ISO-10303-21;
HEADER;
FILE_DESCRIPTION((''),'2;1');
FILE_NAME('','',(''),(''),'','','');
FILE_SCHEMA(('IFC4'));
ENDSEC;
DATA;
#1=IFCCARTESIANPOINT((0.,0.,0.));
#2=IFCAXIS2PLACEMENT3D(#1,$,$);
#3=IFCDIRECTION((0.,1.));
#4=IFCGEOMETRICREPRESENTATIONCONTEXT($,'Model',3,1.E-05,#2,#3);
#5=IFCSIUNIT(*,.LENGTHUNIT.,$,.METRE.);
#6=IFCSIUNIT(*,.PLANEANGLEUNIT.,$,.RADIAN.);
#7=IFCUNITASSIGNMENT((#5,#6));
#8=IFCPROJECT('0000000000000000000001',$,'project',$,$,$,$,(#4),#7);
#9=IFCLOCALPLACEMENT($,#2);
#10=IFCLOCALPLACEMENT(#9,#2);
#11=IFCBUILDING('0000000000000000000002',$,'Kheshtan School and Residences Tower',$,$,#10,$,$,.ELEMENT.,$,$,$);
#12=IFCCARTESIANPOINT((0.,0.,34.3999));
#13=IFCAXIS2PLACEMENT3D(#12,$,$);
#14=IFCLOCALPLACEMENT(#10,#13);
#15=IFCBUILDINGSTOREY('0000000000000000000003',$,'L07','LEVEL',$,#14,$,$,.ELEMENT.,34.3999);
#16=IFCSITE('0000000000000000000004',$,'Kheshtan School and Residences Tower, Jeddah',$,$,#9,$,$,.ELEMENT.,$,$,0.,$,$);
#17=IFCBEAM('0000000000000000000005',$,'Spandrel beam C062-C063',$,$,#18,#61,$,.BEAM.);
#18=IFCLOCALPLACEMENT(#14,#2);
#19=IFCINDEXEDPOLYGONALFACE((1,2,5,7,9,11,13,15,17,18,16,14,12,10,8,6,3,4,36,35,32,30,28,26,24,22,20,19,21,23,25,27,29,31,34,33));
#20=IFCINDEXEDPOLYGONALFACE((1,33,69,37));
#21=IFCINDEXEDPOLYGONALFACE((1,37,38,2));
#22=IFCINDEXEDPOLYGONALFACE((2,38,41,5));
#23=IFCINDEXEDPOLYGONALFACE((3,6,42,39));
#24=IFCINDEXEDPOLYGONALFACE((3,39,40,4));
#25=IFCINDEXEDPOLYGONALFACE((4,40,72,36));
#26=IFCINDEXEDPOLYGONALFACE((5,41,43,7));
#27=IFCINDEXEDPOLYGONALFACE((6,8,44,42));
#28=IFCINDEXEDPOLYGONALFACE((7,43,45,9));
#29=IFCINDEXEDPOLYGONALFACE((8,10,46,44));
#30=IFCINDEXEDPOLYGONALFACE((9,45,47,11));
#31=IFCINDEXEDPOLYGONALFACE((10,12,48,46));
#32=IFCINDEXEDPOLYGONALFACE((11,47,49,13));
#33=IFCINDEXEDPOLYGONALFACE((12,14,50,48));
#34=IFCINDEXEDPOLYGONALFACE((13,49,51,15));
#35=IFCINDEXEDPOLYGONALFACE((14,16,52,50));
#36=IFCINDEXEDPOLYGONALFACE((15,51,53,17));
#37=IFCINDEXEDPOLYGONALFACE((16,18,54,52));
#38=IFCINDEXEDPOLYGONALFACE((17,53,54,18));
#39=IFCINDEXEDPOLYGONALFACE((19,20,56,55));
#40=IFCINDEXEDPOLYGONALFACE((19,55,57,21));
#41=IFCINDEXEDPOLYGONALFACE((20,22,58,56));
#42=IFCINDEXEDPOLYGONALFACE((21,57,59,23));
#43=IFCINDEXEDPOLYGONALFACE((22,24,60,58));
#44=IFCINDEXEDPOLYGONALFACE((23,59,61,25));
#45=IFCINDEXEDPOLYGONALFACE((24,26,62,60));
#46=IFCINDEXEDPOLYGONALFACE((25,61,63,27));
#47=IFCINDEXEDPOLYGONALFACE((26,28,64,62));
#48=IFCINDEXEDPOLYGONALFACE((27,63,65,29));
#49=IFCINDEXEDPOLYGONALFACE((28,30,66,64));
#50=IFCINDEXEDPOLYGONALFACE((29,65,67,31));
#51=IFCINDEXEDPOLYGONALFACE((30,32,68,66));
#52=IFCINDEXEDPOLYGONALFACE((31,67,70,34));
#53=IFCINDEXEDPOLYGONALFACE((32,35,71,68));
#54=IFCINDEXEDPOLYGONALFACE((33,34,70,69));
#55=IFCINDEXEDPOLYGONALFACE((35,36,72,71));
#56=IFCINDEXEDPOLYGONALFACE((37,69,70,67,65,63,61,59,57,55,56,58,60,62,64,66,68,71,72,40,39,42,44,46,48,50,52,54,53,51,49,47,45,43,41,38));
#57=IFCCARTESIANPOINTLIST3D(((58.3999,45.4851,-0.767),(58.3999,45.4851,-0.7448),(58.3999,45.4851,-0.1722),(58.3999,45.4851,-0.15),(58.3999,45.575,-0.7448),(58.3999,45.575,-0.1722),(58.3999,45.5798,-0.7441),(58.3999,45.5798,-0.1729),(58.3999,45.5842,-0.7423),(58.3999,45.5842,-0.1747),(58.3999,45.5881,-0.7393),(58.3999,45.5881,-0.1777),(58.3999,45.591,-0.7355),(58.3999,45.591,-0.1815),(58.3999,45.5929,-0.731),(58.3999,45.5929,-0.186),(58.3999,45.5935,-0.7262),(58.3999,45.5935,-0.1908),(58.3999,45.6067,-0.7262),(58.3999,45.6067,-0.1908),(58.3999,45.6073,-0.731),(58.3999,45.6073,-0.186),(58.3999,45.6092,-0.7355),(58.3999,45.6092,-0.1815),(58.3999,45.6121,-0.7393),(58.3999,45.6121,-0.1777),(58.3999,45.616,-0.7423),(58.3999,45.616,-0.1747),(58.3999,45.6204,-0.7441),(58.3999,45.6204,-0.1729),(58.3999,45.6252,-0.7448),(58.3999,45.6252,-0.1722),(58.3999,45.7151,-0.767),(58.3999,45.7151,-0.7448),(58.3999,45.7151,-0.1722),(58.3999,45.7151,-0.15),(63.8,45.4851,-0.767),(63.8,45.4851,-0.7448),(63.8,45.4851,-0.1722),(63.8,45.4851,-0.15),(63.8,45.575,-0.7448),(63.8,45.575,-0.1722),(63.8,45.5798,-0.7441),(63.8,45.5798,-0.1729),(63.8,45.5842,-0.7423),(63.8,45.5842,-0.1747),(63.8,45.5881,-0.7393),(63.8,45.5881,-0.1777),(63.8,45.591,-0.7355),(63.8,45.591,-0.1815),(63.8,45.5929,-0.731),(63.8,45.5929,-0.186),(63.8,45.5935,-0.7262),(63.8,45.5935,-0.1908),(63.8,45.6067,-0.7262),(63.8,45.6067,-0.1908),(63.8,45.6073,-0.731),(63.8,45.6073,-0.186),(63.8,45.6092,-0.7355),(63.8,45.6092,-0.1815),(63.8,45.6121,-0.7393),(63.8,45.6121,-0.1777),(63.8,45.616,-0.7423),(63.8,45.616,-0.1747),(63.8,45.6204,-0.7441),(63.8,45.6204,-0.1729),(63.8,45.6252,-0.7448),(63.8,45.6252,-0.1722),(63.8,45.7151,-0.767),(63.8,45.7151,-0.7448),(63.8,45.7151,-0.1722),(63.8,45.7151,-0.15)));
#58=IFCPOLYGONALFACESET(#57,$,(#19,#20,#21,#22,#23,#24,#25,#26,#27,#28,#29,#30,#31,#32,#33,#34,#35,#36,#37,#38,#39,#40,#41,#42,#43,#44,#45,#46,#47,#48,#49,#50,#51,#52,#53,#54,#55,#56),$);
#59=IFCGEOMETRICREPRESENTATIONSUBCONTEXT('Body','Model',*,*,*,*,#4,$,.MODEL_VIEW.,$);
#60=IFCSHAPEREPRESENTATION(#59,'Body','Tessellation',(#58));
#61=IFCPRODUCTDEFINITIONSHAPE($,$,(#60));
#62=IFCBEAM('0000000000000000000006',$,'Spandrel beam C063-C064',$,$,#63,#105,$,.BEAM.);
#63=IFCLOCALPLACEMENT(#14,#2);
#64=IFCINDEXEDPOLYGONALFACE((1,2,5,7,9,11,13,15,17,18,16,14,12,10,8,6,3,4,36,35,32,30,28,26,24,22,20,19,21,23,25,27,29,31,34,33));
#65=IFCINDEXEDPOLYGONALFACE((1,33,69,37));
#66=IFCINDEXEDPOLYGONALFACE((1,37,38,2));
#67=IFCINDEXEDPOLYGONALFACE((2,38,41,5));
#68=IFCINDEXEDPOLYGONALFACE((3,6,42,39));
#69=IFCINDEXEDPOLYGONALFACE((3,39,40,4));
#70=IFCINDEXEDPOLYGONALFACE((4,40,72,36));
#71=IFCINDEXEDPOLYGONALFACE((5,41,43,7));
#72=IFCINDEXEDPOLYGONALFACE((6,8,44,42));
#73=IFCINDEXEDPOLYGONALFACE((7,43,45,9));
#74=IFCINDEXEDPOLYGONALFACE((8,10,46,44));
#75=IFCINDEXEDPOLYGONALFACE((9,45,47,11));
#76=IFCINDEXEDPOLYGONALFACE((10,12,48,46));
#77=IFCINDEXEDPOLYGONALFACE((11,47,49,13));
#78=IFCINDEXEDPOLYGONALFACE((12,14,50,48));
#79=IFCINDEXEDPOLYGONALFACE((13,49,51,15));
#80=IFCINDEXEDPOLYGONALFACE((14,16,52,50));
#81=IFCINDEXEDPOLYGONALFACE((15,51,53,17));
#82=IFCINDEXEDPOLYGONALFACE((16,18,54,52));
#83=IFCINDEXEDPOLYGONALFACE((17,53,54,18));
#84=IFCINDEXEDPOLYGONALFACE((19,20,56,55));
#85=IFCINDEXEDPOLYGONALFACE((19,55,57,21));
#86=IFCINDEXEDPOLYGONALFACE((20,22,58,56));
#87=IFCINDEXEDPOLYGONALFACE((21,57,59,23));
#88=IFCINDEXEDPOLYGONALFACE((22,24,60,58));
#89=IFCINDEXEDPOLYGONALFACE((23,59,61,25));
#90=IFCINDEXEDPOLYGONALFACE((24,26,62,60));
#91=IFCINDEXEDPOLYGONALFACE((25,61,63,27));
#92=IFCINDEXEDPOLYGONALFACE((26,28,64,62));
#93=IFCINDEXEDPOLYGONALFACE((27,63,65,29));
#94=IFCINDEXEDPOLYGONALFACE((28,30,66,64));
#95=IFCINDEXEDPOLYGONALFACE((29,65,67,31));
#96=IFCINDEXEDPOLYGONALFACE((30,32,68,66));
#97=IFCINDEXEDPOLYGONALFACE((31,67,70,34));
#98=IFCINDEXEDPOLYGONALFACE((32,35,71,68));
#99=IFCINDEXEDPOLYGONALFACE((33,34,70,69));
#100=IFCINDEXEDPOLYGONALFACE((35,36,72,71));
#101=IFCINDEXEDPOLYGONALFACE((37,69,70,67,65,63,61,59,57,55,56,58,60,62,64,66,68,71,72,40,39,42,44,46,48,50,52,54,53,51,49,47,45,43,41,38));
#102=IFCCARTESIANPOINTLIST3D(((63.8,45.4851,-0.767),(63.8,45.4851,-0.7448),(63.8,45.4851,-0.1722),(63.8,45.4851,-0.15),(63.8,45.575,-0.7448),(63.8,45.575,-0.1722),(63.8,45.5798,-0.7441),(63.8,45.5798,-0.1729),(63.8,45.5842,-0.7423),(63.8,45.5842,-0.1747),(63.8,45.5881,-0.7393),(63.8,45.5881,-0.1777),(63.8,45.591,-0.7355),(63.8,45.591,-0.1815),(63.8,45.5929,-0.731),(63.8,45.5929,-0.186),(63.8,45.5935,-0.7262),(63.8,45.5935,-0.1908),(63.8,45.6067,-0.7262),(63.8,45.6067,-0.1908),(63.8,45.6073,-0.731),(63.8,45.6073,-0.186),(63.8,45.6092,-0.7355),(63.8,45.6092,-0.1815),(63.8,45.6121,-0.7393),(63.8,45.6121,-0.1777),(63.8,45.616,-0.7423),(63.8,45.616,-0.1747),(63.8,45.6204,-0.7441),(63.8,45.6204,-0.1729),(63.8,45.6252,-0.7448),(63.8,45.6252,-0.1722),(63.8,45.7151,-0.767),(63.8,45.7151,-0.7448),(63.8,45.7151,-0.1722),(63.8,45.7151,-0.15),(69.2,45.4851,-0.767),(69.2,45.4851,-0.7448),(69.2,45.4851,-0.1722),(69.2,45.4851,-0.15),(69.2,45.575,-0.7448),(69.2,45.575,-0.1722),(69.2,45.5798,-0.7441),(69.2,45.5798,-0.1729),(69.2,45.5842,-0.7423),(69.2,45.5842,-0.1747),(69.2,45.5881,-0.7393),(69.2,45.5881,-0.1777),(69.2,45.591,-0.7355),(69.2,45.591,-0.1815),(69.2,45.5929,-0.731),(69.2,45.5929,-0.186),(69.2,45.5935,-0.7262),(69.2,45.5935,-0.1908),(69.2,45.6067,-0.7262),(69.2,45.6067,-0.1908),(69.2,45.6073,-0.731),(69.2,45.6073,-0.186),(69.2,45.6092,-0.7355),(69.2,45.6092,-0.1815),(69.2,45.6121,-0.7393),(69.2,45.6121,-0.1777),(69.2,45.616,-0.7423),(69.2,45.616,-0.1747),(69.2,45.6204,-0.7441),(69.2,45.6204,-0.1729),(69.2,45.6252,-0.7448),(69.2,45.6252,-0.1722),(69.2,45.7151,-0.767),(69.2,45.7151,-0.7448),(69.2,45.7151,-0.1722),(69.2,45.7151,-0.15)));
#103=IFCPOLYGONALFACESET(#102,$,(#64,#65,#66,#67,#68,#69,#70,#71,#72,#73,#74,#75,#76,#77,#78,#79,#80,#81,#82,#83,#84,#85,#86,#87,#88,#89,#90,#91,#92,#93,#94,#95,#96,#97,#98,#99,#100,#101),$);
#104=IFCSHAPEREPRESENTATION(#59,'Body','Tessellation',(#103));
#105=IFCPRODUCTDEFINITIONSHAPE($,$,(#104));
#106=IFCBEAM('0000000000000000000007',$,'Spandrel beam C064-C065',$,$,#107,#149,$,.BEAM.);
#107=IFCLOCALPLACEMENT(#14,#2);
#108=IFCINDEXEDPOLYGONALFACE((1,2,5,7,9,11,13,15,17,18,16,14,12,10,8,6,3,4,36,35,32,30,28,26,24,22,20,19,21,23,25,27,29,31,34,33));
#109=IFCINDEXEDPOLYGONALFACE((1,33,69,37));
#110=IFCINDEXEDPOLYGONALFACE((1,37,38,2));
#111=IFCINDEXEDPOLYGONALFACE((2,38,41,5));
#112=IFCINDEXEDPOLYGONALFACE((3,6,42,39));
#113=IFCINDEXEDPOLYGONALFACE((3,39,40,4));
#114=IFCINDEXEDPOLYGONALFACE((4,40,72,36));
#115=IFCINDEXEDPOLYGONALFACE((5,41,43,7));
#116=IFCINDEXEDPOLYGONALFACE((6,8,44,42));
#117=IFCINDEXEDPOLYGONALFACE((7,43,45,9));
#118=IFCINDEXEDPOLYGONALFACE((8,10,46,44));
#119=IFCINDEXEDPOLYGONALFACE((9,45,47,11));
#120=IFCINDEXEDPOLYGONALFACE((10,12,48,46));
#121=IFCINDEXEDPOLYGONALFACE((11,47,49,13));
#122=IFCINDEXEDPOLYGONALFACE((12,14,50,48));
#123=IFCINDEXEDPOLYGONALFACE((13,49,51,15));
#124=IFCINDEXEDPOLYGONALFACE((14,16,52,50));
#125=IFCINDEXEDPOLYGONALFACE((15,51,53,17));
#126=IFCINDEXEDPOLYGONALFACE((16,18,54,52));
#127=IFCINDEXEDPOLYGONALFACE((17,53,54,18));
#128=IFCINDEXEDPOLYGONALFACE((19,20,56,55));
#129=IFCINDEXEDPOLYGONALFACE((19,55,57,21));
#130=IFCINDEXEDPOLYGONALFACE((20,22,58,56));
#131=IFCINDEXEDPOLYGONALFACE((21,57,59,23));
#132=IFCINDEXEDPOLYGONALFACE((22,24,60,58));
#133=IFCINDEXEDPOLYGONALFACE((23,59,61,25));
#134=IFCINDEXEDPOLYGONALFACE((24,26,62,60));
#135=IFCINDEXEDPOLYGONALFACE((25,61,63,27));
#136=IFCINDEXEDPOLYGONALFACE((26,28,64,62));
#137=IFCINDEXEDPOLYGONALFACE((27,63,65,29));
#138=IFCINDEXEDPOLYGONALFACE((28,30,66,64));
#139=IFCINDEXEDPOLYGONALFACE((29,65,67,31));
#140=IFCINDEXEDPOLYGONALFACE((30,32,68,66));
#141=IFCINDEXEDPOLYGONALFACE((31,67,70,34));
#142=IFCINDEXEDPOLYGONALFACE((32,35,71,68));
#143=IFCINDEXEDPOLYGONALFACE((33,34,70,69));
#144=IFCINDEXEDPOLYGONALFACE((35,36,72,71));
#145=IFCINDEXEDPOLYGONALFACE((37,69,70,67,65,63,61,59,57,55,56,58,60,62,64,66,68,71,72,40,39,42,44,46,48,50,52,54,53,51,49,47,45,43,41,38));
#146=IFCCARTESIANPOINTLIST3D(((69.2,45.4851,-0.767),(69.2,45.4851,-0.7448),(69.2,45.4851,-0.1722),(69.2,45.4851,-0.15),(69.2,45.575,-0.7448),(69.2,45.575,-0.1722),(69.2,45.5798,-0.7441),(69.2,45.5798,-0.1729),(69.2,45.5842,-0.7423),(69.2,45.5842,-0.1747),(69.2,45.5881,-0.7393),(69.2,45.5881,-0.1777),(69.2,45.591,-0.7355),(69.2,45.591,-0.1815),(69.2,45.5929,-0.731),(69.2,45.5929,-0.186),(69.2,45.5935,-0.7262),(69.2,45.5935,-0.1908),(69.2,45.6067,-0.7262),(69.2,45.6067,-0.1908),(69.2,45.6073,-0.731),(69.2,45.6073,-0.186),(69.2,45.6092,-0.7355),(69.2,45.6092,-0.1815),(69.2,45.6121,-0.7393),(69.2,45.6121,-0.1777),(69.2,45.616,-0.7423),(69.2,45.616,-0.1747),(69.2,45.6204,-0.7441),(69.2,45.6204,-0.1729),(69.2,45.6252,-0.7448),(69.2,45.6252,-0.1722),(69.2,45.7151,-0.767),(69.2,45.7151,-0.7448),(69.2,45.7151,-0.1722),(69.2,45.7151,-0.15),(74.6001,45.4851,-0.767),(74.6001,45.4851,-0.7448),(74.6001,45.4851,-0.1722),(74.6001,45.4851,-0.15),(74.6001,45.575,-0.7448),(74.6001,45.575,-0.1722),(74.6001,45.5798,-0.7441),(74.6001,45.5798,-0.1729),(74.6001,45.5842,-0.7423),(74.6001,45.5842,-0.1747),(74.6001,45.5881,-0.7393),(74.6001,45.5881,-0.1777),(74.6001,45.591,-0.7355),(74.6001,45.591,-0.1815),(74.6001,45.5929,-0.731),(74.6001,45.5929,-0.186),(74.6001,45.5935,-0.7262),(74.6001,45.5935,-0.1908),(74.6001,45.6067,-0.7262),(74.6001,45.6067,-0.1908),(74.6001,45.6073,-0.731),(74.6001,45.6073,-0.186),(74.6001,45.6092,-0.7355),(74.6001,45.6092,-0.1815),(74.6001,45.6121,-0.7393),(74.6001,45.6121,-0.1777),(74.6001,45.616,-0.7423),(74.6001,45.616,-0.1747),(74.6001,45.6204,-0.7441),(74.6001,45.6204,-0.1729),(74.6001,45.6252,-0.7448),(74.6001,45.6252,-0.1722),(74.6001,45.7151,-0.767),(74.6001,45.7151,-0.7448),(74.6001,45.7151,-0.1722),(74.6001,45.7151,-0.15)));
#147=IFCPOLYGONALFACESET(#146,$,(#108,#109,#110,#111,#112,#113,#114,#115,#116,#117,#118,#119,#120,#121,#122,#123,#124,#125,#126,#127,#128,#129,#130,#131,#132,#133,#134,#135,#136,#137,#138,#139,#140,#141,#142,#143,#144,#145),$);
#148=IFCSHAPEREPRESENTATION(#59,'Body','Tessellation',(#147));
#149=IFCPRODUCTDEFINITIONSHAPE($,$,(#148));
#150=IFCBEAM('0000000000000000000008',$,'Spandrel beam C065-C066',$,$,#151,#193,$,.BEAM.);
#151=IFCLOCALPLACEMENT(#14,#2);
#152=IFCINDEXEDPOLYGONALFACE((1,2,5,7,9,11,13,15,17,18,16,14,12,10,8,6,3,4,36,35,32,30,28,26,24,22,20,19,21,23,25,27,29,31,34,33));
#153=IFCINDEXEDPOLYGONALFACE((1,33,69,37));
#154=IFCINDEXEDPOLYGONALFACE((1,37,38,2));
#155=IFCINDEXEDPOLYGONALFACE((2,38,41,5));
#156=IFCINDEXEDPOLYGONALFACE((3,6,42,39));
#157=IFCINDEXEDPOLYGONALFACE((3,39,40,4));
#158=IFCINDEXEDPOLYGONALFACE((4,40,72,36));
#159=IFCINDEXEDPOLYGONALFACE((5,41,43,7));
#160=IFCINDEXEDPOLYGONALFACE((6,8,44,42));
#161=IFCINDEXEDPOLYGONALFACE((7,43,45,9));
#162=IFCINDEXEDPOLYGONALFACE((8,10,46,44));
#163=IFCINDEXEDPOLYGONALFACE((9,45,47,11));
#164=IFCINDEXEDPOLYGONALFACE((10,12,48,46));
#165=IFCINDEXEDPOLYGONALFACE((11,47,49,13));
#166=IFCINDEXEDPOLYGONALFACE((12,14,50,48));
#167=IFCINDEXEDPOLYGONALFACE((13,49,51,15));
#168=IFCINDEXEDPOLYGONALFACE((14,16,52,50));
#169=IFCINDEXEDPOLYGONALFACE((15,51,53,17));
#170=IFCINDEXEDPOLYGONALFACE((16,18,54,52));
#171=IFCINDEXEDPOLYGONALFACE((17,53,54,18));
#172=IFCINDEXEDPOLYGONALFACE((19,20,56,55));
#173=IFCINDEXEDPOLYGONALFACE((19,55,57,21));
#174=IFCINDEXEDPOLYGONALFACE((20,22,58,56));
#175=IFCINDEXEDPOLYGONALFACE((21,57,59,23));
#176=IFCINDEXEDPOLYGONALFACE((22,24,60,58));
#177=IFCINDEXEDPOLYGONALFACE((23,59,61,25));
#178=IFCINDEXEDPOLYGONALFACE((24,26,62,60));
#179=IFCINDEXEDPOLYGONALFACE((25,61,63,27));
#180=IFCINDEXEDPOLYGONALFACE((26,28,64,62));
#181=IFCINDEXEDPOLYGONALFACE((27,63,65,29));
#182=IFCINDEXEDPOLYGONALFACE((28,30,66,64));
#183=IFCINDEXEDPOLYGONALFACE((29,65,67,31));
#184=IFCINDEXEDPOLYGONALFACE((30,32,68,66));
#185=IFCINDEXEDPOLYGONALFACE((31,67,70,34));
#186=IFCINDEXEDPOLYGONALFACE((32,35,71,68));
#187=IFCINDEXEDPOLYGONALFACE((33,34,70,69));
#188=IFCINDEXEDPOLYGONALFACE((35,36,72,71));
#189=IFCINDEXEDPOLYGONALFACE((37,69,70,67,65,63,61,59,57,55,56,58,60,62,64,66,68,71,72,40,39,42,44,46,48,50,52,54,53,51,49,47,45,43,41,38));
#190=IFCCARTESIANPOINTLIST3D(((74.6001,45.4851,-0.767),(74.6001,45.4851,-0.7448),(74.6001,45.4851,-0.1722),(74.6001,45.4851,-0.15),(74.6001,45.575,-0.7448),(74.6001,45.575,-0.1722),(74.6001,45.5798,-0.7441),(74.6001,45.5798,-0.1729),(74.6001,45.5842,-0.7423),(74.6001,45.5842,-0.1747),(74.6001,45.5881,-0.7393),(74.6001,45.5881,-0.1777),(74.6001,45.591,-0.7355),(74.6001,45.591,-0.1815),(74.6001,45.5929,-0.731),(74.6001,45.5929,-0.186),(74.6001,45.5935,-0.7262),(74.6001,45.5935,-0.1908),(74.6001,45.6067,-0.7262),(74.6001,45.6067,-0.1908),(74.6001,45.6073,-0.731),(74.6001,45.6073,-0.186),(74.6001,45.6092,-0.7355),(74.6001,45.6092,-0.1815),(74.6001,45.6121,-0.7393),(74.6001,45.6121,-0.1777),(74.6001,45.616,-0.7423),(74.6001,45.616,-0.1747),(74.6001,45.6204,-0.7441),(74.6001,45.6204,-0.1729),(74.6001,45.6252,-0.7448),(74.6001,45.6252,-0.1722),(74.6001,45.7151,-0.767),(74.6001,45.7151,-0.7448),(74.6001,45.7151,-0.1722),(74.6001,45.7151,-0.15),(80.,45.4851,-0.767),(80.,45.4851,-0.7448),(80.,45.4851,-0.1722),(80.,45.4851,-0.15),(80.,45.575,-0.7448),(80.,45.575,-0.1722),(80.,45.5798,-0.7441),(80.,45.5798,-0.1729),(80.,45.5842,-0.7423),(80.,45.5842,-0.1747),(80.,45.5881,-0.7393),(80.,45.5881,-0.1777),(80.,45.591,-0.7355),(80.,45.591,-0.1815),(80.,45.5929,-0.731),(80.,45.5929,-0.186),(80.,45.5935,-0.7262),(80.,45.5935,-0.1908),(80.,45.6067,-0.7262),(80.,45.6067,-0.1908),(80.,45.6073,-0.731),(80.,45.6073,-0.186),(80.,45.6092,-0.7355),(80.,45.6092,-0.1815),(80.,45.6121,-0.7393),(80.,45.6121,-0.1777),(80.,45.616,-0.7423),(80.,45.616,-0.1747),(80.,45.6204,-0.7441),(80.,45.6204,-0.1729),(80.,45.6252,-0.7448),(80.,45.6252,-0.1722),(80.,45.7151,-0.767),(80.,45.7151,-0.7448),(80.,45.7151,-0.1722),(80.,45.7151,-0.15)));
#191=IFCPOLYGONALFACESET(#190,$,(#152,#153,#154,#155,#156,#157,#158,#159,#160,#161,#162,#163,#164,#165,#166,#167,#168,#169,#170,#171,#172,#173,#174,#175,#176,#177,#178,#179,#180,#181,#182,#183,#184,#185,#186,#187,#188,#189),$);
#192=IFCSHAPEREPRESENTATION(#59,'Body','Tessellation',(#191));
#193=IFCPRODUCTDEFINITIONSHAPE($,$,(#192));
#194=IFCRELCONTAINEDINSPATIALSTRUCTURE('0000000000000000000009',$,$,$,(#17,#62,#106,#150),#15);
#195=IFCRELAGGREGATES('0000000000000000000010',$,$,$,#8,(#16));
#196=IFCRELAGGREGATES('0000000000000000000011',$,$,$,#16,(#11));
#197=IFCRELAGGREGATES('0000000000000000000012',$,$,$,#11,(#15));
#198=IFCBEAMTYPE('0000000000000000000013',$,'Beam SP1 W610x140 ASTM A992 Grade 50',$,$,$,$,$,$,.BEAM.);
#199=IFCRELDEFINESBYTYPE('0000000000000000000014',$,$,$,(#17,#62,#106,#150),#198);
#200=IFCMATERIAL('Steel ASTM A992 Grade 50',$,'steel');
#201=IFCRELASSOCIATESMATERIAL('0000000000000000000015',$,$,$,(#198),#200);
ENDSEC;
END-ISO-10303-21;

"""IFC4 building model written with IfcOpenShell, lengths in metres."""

from ifc_helpers import new_model, si_unit, direction, frame, origin, origin_2d, place, context, subcontext, project, spatial, i_section, extrude, material, material_profile, profile_set, type_object, element, save


model = new_model("IFC4")

# Units and contexts
model_context = context("Model", 3, precision=1e-05, world=origin(), true_north=direction((0.0, 1.0)))
body_context = subcontext(model_context, "Body", "Model", "MODEL_VIEW")
ifc_project = project(units=[si_unit("LENGTHUNIT", "METRE"), si_unit("PLANEANGLEUNIT", "RADIAN")], contexts=[model_context])

# Site, building, storey
site_placement = place(None, origin())
site = spatial("IfcSite", under=ifc_project, at=site_placement, Name="Kheshtan School and Residences Tower, Jeddah", CompositionType="ELEMENT", RefElevation=0.0)
building_placement = place(site_placement, origin())
building = spatial("IfcBuilding", under=site, at=building_placement, Name="Kheshtan School and Residences Tower", CompositionType="ELEMENT")
storey_placement = place(building_placement, frame((0.0, 0.0, 34.3999)))
storey = spatial("IfcBuildingStorey", under=building, at=storey_placement, Name="L07", Description="LEVEL", CompositionType="ELEMENT", Elevation=34.3999)

# Shared definitions
ifc_material_1 = material(Name="Steel ASTM A992 Grade 50", Category="steel")

# Beams
ifc_material_profile_1 = material_profile(ifc_material_1, i_section(OverallWidth=0.23, OverallDepth=0.6169, WebThickness=0.0132, FlangeThickness=0.0222, FilletRadius=0.0186, at=origin_2d()), Name="W610x140")
ifc_profile_set_1 = profile_set([ifc_material_profile_1], Name="Steel ASTM A992 Grade 50")
beam_type_1 = type_object("IfcBeamType", Name="Beam SP1 W610x140 ASTM A992 Grade 50", PredefinedType="BEAM", material=ifc_profile_set_1)
beam_1_placement = place(storey_placement, frame((58.3999, 45.6001, -0.4585), z_axis=(1.0, 0.0, 0.0), x_axis=(0.0, 1.0, 0.0)))
element("IfcBeam", 1, at=beam_1_placement, inside=storey, type_object=beam_type_1, Name="Spandrel beam C062-C063", PredefinedType="BEAM", context=body_context, shape_type="SweptSolid", body=[
    extrude(i_section(OverallWidth=0.23, OverallDepth=0.6169, WebThickness=0.0132, FlangeThickness=0.0222, FilletRadius=0.0186, at=origin_2d()), origin(), (0.0, 0.0, 1.0), 5.4001),
])
beam_2_placement = place(storey_placement, frame((63.8, 45.6001, -0.4585), z_axis=(1.0, 0.0, 0.0), x_axis=(0.0, 1.0, 0.0)))
element("IfcBeam", 2, at=beam_2_placement, inside=storey, type_object=beam_type_1, Name="Spandrel beam C063-C064", PredefinedType="BEAM", context=body_context, shape_type="SweptSolid", body=[
    extrude(i_section(OverallWidth=0.23, OverallDepth=0.6169, WebThickness=0.0132, FlangeThickness=0.0222, FilletRadius=0.0186, at=origin_2d()), origin(), (0.0, 0.0, 1.0), 5.3999),
])
beam_3_placement = place(storey_placement, frame((69.2, 45.6001, -0.4585), z_axis=(1.0, 0.0, 0.0), x_axis=(0.0, 1.0, 0.0)))
element("IfcBeam", 3, at=beam_3_placement, inside=storey, type_object=beam_type_1, Name="Spandrel beam C064-C065", PredefinedType="BEAM", context=body_context, shape_type="SweptSolid", body=[
    extrude(i_section(OverallWidth=0.23, OverallDepth=0.6169, WebThickness=0.0132, FlangeThickness=0.0222, FilletRadius=0.0186, at=origin_2d()), origin(), (0.0, 0.0, 1.0), 5.4001),
])
for number, where, z_axis, x_axis, name in (
    (4, (74.6001, 45.6001, -0.4585), (1.0, 0.0, 0.0), (0.0, 1.0, 0.0), "Spandrel beam C065-C066"),
):
    element("IfcBeam", number, at=place(storey_placement, frame(where, z_axis=z_axis, x_axis=x_axis)), inside=storey, type_object=beam_type_1, Name=name, PredefinedType="BEAM", context=body_context, shape_type="SweptSolid", body=[
        extrude(i_section(OverallWidth=0.23, OverallDepth=0.6169, WebThickness=0.0132, FlangeThickness=0.0222, FilletRadius=0.0186, at=origin_2d()), origin(), (0.0, 0.0, 1.0), 5.3999),
    ])

save(model, "model.ifc")
